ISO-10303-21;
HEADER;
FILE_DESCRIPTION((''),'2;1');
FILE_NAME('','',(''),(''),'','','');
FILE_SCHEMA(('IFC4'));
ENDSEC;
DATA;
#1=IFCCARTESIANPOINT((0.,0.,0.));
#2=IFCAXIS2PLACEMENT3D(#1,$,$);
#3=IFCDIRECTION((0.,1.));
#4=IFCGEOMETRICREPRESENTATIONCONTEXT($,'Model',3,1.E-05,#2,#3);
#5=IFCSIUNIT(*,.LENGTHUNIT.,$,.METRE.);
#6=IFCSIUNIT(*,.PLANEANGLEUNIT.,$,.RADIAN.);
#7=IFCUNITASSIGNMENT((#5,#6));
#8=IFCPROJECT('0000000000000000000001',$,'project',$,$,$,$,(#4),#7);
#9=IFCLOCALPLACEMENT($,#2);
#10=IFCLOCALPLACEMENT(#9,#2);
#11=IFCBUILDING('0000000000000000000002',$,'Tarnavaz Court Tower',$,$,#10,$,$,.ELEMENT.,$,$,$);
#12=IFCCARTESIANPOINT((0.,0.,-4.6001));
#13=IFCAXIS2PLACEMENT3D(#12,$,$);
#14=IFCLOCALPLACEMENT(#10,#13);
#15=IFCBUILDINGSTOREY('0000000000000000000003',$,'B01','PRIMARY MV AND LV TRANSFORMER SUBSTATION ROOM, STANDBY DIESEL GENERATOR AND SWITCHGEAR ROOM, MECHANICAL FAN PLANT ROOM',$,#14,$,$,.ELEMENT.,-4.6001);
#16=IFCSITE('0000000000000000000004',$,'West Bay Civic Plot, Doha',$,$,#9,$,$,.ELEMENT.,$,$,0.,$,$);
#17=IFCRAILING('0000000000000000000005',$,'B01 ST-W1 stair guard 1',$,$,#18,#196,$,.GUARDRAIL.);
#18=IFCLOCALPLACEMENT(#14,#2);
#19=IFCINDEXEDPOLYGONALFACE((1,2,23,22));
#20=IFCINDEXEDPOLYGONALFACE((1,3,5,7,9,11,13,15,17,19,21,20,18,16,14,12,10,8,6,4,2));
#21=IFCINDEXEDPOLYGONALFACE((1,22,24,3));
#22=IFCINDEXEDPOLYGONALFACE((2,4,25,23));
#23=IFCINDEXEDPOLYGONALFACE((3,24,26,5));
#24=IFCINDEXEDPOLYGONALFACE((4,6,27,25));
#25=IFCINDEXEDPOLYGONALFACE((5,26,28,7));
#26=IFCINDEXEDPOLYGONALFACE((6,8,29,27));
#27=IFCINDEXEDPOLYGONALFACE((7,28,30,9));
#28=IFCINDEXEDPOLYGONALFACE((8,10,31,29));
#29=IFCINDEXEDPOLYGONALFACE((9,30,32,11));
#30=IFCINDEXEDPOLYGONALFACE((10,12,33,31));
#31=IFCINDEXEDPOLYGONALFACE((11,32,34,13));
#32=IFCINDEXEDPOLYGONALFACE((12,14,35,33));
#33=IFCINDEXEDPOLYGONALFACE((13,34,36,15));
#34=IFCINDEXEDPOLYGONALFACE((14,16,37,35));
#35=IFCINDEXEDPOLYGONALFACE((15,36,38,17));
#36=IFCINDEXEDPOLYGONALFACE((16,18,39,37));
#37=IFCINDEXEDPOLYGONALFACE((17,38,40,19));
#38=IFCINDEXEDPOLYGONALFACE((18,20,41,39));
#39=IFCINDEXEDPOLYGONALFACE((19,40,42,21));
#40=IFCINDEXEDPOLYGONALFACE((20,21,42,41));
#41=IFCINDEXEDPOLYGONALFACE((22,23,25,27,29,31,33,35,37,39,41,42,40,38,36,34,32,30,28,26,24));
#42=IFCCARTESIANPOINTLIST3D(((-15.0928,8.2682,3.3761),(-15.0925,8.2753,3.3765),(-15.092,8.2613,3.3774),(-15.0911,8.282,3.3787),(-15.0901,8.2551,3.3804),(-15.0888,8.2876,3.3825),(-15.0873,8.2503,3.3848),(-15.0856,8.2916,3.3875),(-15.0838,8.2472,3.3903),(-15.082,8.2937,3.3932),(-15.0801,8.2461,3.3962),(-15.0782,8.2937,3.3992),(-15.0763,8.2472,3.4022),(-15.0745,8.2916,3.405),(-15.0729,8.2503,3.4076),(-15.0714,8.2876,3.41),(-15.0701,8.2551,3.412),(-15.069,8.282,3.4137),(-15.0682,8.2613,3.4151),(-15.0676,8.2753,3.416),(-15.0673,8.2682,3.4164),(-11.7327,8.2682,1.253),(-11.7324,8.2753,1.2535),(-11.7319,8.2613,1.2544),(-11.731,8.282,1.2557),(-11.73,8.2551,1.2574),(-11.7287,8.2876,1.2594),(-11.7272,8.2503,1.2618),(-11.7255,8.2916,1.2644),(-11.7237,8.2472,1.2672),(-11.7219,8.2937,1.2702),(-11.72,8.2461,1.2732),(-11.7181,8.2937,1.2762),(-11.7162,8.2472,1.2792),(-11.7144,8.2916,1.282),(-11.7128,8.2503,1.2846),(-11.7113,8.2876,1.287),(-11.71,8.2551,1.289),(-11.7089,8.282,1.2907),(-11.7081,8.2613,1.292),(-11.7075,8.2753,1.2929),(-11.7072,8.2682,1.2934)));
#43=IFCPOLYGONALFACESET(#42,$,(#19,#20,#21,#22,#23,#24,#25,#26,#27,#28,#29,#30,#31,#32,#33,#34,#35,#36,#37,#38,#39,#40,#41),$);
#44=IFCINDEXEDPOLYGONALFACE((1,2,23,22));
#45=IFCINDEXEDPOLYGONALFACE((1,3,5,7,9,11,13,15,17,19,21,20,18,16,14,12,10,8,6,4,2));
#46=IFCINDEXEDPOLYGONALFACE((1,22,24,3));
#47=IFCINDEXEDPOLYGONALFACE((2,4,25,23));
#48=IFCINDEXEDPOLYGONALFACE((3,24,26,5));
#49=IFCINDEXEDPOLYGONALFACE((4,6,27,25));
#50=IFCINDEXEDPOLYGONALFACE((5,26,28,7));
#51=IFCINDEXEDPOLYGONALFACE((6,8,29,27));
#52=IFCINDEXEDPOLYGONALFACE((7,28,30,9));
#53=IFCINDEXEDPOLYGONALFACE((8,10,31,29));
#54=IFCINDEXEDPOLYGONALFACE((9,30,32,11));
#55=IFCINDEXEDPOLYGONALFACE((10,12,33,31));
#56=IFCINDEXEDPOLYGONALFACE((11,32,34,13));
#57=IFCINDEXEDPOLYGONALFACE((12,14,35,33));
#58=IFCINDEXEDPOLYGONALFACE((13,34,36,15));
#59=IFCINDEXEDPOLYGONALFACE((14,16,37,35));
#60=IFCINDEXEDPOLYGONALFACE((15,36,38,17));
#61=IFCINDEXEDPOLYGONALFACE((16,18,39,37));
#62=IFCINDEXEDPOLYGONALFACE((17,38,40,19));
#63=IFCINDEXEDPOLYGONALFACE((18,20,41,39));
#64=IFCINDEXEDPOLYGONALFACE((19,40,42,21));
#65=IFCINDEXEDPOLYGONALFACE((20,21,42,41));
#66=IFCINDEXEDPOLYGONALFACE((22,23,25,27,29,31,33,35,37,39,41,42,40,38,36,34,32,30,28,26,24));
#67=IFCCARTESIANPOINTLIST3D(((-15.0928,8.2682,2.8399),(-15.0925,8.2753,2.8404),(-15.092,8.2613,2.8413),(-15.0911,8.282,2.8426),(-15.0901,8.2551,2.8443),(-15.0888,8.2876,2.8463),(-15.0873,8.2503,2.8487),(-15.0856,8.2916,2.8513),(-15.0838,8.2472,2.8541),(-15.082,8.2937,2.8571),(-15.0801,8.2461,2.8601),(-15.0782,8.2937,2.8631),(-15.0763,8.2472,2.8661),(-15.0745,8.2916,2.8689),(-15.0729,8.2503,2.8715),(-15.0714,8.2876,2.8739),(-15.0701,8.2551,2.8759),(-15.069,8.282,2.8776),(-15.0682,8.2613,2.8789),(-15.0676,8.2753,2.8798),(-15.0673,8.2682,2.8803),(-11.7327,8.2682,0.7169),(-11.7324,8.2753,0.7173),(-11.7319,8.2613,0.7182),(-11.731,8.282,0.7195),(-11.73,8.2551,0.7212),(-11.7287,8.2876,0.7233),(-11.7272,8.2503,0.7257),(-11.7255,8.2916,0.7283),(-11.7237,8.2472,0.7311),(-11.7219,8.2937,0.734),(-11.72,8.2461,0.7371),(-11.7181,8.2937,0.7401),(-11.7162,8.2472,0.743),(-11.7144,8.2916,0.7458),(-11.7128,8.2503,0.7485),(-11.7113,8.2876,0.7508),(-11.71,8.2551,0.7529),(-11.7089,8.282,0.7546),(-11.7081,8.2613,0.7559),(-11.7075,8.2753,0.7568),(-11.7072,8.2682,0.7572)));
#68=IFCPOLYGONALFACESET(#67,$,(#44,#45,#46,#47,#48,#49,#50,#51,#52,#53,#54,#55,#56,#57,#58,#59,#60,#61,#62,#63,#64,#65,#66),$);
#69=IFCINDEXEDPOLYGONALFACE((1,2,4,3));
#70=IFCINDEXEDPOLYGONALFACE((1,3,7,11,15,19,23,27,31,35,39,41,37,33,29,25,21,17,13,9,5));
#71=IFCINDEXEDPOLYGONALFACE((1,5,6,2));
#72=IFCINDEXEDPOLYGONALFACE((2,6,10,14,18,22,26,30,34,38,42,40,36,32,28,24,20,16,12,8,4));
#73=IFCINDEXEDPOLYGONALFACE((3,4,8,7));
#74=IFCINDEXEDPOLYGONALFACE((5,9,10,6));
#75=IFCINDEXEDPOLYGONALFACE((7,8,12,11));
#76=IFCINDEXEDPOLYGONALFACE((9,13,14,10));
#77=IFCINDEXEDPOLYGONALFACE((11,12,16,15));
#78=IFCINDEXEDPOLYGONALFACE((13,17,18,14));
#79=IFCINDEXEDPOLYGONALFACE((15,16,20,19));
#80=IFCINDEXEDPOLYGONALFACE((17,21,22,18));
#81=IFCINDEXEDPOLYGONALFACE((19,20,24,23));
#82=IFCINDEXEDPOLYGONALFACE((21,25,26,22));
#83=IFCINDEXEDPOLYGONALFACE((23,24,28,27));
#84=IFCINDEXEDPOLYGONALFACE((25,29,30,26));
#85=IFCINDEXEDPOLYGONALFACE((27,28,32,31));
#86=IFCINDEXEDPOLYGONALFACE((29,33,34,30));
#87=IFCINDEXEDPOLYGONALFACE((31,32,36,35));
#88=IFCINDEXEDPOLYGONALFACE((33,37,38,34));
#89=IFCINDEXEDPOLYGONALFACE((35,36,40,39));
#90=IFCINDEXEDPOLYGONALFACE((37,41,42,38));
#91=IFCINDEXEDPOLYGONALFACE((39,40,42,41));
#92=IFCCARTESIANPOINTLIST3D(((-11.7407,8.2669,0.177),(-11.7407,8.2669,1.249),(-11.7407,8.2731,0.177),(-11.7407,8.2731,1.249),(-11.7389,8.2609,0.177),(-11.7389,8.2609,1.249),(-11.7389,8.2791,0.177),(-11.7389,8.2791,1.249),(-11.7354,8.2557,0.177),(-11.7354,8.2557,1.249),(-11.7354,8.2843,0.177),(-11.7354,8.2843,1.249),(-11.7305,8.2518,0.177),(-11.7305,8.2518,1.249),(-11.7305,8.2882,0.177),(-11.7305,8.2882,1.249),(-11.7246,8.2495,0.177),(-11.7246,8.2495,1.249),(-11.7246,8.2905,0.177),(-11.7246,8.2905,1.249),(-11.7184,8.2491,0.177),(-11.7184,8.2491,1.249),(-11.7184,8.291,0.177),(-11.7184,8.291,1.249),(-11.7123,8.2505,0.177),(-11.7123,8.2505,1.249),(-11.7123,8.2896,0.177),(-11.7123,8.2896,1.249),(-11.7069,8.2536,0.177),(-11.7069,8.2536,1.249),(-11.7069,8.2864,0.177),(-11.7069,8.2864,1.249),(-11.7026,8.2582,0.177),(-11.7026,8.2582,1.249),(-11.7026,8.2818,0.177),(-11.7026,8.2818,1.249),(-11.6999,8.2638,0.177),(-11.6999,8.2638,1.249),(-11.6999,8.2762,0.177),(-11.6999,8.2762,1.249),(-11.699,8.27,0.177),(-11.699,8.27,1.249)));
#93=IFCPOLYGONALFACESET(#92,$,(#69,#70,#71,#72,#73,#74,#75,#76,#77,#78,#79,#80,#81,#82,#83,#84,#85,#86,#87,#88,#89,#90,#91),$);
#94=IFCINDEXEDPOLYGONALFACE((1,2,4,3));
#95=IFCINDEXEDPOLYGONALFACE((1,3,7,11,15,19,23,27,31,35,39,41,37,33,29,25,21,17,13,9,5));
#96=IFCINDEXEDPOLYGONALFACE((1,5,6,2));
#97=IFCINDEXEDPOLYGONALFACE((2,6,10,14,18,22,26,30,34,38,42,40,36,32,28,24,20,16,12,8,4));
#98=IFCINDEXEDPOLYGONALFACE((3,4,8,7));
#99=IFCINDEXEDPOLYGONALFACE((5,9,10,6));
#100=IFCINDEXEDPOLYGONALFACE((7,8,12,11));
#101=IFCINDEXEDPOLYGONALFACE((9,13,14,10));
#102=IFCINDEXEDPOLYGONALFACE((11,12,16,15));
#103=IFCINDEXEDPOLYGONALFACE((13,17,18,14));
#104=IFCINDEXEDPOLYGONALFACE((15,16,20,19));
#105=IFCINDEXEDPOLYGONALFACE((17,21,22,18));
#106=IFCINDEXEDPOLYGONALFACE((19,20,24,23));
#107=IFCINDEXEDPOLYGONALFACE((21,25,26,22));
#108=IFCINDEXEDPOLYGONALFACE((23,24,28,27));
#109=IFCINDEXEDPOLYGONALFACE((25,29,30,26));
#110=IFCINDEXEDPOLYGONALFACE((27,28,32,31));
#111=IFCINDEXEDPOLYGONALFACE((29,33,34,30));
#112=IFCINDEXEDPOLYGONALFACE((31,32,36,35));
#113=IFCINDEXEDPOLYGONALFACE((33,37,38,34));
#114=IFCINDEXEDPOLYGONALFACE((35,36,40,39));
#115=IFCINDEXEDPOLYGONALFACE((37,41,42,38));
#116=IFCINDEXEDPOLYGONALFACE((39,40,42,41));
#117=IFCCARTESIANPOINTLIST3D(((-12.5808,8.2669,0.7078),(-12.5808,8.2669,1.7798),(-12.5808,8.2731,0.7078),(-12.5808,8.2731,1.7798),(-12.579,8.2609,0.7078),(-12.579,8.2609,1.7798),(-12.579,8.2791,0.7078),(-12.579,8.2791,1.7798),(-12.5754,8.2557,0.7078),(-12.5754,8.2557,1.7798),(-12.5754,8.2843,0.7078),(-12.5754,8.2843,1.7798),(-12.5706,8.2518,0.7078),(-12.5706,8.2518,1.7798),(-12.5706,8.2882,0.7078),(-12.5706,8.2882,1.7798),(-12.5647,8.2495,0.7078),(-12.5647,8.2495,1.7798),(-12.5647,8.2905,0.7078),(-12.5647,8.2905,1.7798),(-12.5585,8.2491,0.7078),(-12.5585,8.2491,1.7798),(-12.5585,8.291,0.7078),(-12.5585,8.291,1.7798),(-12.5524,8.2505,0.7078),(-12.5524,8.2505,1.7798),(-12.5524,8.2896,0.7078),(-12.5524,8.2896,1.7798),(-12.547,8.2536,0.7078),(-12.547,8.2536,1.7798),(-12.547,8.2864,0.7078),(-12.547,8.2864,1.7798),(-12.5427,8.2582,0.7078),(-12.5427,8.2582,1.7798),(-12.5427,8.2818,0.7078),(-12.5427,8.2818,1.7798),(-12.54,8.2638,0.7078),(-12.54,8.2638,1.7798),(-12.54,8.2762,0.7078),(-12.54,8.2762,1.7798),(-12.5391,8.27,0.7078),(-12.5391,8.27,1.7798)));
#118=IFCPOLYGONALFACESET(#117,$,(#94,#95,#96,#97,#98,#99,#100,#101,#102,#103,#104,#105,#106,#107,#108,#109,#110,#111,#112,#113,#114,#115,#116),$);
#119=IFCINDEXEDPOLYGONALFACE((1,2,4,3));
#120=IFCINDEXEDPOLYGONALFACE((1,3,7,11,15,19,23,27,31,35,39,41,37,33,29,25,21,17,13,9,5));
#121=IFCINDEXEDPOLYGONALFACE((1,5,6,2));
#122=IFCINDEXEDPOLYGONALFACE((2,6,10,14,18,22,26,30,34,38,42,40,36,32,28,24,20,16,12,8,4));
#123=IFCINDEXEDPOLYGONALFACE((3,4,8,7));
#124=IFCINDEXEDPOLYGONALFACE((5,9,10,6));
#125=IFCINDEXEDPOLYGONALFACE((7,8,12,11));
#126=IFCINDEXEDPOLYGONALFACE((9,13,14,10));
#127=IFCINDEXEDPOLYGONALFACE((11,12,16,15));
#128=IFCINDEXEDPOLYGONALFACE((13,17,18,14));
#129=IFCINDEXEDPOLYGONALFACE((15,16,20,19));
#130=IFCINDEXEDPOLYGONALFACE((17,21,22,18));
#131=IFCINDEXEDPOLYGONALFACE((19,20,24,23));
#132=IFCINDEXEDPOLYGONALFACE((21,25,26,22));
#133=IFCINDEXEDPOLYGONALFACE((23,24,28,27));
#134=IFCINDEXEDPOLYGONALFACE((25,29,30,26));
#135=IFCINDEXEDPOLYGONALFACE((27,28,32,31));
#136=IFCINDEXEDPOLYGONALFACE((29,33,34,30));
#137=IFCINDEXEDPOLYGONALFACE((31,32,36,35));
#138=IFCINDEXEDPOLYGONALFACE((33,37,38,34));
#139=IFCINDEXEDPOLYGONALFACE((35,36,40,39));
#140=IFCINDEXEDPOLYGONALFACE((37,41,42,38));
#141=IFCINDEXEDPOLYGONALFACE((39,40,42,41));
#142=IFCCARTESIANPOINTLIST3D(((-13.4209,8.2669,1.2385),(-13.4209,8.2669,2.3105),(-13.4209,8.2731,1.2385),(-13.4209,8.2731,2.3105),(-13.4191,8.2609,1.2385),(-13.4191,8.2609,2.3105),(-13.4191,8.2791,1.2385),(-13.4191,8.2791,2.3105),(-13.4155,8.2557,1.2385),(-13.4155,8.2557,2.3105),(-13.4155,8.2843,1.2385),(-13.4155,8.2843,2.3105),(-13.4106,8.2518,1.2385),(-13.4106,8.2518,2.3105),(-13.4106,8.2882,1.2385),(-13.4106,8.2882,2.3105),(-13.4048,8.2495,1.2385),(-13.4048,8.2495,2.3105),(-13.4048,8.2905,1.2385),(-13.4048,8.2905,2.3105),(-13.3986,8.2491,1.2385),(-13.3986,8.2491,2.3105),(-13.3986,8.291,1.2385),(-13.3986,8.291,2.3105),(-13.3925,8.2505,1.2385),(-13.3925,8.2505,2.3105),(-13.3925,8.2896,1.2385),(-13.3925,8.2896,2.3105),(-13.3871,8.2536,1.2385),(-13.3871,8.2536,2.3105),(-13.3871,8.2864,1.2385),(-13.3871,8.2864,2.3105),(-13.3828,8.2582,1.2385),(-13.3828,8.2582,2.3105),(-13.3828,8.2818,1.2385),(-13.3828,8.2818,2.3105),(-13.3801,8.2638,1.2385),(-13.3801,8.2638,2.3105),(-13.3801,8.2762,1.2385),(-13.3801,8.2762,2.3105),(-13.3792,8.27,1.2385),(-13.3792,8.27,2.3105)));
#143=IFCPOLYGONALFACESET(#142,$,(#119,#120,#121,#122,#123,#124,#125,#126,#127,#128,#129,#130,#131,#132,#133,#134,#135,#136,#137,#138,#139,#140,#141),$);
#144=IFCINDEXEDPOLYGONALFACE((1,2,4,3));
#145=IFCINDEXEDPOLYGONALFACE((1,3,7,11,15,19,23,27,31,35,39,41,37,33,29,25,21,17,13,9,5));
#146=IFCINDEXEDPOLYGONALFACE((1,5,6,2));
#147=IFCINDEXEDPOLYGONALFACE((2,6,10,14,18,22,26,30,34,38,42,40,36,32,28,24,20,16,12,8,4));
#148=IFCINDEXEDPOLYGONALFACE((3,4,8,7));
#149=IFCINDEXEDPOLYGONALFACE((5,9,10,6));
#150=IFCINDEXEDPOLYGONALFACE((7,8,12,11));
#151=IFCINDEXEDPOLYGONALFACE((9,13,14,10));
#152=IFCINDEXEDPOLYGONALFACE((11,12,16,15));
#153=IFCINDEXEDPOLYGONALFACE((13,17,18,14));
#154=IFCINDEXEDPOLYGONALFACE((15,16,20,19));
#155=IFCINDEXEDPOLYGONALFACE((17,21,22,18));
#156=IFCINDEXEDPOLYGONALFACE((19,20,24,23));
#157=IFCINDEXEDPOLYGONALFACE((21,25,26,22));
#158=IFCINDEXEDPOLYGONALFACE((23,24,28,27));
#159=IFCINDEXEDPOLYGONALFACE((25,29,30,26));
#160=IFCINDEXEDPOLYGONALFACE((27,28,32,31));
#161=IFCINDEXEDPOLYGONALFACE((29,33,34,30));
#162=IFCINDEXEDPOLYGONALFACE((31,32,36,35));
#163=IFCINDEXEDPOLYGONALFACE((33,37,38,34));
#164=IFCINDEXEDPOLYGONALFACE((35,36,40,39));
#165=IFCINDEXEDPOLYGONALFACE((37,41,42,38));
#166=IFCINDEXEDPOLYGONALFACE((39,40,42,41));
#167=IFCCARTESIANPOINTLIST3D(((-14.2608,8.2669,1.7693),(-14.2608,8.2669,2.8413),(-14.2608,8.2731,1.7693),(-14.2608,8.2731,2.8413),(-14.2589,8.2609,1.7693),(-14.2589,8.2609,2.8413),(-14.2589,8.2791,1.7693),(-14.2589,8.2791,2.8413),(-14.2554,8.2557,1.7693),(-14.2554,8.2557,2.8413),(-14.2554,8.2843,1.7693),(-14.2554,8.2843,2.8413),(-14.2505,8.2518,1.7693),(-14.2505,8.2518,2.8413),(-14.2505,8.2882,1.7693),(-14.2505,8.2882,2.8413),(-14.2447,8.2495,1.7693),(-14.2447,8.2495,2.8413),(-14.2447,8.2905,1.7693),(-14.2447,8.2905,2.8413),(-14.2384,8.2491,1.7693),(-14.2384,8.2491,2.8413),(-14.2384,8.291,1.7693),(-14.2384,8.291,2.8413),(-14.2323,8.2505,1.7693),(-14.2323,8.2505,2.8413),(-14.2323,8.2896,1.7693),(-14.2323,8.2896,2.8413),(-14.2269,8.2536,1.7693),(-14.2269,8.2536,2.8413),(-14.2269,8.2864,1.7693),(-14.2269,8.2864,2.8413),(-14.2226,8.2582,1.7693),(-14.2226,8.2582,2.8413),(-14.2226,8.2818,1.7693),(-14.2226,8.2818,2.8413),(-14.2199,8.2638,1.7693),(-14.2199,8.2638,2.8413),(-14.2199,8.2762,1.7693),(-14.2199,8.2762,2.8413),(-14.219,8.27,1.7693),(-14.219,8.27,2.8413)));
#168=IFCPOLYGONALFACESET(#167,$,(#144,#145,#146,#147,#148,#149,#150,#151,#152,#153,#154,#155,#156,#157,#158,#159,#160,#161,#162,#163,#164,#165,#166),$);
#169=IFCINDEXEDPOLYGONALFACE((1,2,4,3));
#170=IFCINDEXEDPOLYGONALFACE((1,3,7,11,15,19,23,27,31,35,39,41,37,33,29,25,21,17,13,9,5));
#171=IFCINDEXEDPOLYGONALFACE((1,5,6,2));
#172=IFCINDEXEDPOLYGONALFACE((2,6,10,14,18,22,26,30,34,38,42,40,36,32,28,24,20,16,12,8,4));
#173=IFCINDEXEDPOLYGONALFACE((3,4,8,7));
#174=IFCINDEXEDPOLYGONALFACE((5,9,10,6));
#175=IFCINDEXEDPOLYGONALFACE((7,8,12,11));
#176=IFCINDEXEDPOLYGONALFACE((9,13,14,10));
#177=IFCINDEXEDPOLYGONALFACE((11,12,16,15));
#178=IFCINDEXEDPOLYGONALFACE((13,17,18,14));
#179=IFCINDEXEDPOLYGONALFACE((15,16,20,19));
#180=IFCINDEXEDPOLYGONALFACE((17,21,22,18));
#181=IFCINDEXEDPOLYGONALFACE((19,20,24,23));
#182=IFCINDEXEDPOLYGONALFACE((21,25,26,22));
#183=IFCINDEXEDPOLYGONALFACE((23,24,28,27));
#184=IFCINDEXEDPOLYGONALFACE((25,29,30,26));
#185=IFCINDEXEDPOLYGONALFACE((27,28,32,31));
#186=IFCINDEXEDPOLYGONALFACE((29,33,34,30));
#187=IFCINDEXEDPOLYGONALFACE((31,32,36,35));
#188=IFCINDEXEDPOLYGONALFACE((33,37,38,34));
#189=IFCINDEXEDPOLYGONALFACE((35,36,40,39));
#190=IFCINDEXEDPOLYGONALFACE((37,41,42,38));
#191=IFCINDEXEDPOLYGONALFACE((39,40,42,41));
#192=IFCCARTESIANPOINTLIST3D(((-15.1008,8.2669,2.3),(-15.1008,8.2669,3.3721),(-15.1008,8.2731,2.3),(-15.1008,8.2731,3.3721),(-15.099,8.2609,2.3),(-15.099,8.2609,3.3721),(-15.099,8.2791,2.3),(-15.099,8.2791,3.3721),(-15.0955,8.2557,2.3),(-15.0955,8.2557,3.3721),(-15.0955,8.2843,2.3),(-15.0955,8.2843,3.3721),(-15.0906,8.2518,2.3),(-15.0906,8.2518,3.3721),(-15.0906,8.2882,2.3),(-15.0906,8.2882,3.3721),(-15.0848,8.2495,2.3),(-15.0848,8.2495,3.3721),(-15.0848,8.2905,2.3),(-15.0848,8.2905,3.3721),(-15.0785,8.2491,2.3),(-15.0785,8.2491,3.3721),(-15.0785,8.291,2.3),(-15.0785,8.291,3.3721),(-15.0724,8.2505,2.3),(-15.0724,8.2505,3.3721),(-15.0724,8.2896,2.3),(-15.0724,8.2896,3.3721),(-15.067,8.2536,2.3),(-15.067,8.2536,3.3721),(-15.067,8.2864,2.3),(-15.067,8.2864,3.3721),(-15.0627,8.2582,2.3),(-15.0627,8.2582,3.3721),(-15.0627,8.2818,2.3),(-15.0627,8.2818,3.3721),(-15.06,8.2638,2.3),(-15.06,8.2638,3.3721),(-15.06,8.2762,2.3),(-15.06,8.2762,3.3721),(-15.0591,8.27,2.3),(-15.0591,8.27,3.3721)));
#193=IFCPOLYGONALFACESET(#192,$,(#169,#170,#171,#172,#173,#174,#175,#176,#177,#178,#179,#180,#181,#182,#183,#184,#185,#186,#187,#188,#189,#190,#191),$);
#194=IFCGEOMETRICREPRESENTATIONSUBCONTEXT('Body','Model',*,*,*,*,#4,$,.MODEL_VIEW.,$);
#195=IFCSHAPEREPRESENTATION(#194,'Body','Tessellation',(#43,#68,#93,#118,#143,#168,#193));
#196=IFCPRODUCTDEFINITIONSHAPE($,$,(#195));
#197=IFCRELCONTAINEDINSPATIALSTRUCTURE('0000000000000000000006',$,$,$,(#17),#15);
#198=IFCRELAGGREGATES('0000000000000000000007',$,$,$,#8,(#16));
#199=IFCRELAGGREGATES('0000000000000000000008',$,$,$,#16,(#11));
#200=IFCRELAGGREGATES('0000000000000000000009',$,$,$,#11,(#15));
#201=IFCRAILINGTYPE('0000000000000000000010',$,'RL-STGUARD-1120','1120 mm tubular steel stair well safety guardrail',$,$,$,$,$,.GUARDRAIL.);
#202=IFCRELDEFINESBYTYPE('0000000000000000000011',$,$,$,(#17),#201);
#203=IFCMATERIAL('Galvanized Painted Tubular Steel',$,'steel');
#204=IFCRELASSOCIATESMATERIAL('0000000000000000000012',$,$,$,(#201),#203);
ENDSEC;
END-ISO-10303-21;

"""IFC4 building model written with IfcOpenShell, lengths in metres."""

from ifc_helpers import new_model, si_unit, direction, frame, origin, origin_2d, place, context, subcontext, project, spatial, circle, extrude, material, type_object, element, save


model = new_model("IFC4")

# Units and contexts
model_context = context("Model", 3, precision=1e-05, world=origin(), true_north=direction((0.0, 1.0)))
body_context = subcontext(model_context, "Body", "Model", "MODEL_VIEW")
ifc_project = project(units=[si_unit("LENGTHUNIT", "METRE"), si_unit("PLANEANGLEUNIT", "RADIAN")], contexts=[model_context])

# Site, building, storey
site_placement = place(None, origin())
site = spatial("IfcSite", under=ifc_project, at=site_placement, Name="West Bay Civic Plot, Doha", CompositionType="ELEMENT", RefElevation=0.0)
building_placement = place(site_placement, origin())
building = spatial("IfcBuilding", under=site, at=building_placement, Name="Tarnavaz Court Tower", CompositionType="ELEMENT")
storey_placement = place(building_placement, frame((0.0, 0.0, -4.6001)))
storey = spatial("IfcBuildingStorey", under=building, at=storey_placement, Name="B01", Description="PRIMARY MV AND LV TRANSFORMER SUBSTATION ROOM, STANDBY DIESEL GENERATOR AND SWITCHGEAR ROOM, MECHANICAL FAN PLANT ROOM", CompositionType="ELEMENT", Elevation=-4.6001)

# Railing
ifc_material_1 = material(Name="Galvanized Painted Tubular Steel", Category="steel")
railing_type_1 = type_object("IfcRailingType", Name="RL-STGUARD-1120", Description="1120 mm tubular steel stair well safety guardrail", PredefinedType="GUARDRAIL", material=ifc_material_1)
railing_1_placement = place(storey_placement, frame((-11.72, 8.27, 0.177)))
element("IfcRailing", 1, at=railing_1_placement, inside=storey, type_object=railing_type_1, Name="B01 ST-W1 stair guard 1", PredefinedType="GUARDRAIL", context=body_context, shape_type="SweptSolid", body=[
    extrude(circle(Radius=0.0239, at=origin_2d()), frame((0.0, 0.0, 1.0962), z_axis=(-0.84539, 0.0, 0.53415), x_axis=(0.0, -1.0, 0.0)), (0.0, 0.0, 1.0), 3.9746),
    extrude(circle(Radius=0.0239, at=origin_2d()), frame((0.0, 0.0, 0.5601), z_axis=(-0.84539, 0.0, 0.53415), x_axis=(0.0, -1.0, 0.0)), (0.0, 0.0, 1.0), 3.9746),
    extrude(circle(Radius=0.021, at=origin_2d()), origin(), (0.0, 0.0, 1.0), 1.072),
    extrude(circle(Radius=0.021, at=origin_2d()), frame((-0.8401, 0.0, 0.5308)), (0.0, 0.0, 1.0), 1.072),
    extrude(circle(Radius=0.021, at=origin_2d()), frame((-1.6802, 0.0, 1.0615)), (0.0, 0.0, 1.0), 1.072),
    extrude(circle(Radius=0.021, at=origin_2d()), frame((-2.52, 0.0, 1.5923)), (0.0, 0.0, 1.0), 1.072),
    extrude(circle(Radius=0.021, at=origin_2d()), frame((-3.3601, 0.0, 2.123)), (0.0, 0.0, 1.0), 1.072),
])

save(model, "model.ifc")
